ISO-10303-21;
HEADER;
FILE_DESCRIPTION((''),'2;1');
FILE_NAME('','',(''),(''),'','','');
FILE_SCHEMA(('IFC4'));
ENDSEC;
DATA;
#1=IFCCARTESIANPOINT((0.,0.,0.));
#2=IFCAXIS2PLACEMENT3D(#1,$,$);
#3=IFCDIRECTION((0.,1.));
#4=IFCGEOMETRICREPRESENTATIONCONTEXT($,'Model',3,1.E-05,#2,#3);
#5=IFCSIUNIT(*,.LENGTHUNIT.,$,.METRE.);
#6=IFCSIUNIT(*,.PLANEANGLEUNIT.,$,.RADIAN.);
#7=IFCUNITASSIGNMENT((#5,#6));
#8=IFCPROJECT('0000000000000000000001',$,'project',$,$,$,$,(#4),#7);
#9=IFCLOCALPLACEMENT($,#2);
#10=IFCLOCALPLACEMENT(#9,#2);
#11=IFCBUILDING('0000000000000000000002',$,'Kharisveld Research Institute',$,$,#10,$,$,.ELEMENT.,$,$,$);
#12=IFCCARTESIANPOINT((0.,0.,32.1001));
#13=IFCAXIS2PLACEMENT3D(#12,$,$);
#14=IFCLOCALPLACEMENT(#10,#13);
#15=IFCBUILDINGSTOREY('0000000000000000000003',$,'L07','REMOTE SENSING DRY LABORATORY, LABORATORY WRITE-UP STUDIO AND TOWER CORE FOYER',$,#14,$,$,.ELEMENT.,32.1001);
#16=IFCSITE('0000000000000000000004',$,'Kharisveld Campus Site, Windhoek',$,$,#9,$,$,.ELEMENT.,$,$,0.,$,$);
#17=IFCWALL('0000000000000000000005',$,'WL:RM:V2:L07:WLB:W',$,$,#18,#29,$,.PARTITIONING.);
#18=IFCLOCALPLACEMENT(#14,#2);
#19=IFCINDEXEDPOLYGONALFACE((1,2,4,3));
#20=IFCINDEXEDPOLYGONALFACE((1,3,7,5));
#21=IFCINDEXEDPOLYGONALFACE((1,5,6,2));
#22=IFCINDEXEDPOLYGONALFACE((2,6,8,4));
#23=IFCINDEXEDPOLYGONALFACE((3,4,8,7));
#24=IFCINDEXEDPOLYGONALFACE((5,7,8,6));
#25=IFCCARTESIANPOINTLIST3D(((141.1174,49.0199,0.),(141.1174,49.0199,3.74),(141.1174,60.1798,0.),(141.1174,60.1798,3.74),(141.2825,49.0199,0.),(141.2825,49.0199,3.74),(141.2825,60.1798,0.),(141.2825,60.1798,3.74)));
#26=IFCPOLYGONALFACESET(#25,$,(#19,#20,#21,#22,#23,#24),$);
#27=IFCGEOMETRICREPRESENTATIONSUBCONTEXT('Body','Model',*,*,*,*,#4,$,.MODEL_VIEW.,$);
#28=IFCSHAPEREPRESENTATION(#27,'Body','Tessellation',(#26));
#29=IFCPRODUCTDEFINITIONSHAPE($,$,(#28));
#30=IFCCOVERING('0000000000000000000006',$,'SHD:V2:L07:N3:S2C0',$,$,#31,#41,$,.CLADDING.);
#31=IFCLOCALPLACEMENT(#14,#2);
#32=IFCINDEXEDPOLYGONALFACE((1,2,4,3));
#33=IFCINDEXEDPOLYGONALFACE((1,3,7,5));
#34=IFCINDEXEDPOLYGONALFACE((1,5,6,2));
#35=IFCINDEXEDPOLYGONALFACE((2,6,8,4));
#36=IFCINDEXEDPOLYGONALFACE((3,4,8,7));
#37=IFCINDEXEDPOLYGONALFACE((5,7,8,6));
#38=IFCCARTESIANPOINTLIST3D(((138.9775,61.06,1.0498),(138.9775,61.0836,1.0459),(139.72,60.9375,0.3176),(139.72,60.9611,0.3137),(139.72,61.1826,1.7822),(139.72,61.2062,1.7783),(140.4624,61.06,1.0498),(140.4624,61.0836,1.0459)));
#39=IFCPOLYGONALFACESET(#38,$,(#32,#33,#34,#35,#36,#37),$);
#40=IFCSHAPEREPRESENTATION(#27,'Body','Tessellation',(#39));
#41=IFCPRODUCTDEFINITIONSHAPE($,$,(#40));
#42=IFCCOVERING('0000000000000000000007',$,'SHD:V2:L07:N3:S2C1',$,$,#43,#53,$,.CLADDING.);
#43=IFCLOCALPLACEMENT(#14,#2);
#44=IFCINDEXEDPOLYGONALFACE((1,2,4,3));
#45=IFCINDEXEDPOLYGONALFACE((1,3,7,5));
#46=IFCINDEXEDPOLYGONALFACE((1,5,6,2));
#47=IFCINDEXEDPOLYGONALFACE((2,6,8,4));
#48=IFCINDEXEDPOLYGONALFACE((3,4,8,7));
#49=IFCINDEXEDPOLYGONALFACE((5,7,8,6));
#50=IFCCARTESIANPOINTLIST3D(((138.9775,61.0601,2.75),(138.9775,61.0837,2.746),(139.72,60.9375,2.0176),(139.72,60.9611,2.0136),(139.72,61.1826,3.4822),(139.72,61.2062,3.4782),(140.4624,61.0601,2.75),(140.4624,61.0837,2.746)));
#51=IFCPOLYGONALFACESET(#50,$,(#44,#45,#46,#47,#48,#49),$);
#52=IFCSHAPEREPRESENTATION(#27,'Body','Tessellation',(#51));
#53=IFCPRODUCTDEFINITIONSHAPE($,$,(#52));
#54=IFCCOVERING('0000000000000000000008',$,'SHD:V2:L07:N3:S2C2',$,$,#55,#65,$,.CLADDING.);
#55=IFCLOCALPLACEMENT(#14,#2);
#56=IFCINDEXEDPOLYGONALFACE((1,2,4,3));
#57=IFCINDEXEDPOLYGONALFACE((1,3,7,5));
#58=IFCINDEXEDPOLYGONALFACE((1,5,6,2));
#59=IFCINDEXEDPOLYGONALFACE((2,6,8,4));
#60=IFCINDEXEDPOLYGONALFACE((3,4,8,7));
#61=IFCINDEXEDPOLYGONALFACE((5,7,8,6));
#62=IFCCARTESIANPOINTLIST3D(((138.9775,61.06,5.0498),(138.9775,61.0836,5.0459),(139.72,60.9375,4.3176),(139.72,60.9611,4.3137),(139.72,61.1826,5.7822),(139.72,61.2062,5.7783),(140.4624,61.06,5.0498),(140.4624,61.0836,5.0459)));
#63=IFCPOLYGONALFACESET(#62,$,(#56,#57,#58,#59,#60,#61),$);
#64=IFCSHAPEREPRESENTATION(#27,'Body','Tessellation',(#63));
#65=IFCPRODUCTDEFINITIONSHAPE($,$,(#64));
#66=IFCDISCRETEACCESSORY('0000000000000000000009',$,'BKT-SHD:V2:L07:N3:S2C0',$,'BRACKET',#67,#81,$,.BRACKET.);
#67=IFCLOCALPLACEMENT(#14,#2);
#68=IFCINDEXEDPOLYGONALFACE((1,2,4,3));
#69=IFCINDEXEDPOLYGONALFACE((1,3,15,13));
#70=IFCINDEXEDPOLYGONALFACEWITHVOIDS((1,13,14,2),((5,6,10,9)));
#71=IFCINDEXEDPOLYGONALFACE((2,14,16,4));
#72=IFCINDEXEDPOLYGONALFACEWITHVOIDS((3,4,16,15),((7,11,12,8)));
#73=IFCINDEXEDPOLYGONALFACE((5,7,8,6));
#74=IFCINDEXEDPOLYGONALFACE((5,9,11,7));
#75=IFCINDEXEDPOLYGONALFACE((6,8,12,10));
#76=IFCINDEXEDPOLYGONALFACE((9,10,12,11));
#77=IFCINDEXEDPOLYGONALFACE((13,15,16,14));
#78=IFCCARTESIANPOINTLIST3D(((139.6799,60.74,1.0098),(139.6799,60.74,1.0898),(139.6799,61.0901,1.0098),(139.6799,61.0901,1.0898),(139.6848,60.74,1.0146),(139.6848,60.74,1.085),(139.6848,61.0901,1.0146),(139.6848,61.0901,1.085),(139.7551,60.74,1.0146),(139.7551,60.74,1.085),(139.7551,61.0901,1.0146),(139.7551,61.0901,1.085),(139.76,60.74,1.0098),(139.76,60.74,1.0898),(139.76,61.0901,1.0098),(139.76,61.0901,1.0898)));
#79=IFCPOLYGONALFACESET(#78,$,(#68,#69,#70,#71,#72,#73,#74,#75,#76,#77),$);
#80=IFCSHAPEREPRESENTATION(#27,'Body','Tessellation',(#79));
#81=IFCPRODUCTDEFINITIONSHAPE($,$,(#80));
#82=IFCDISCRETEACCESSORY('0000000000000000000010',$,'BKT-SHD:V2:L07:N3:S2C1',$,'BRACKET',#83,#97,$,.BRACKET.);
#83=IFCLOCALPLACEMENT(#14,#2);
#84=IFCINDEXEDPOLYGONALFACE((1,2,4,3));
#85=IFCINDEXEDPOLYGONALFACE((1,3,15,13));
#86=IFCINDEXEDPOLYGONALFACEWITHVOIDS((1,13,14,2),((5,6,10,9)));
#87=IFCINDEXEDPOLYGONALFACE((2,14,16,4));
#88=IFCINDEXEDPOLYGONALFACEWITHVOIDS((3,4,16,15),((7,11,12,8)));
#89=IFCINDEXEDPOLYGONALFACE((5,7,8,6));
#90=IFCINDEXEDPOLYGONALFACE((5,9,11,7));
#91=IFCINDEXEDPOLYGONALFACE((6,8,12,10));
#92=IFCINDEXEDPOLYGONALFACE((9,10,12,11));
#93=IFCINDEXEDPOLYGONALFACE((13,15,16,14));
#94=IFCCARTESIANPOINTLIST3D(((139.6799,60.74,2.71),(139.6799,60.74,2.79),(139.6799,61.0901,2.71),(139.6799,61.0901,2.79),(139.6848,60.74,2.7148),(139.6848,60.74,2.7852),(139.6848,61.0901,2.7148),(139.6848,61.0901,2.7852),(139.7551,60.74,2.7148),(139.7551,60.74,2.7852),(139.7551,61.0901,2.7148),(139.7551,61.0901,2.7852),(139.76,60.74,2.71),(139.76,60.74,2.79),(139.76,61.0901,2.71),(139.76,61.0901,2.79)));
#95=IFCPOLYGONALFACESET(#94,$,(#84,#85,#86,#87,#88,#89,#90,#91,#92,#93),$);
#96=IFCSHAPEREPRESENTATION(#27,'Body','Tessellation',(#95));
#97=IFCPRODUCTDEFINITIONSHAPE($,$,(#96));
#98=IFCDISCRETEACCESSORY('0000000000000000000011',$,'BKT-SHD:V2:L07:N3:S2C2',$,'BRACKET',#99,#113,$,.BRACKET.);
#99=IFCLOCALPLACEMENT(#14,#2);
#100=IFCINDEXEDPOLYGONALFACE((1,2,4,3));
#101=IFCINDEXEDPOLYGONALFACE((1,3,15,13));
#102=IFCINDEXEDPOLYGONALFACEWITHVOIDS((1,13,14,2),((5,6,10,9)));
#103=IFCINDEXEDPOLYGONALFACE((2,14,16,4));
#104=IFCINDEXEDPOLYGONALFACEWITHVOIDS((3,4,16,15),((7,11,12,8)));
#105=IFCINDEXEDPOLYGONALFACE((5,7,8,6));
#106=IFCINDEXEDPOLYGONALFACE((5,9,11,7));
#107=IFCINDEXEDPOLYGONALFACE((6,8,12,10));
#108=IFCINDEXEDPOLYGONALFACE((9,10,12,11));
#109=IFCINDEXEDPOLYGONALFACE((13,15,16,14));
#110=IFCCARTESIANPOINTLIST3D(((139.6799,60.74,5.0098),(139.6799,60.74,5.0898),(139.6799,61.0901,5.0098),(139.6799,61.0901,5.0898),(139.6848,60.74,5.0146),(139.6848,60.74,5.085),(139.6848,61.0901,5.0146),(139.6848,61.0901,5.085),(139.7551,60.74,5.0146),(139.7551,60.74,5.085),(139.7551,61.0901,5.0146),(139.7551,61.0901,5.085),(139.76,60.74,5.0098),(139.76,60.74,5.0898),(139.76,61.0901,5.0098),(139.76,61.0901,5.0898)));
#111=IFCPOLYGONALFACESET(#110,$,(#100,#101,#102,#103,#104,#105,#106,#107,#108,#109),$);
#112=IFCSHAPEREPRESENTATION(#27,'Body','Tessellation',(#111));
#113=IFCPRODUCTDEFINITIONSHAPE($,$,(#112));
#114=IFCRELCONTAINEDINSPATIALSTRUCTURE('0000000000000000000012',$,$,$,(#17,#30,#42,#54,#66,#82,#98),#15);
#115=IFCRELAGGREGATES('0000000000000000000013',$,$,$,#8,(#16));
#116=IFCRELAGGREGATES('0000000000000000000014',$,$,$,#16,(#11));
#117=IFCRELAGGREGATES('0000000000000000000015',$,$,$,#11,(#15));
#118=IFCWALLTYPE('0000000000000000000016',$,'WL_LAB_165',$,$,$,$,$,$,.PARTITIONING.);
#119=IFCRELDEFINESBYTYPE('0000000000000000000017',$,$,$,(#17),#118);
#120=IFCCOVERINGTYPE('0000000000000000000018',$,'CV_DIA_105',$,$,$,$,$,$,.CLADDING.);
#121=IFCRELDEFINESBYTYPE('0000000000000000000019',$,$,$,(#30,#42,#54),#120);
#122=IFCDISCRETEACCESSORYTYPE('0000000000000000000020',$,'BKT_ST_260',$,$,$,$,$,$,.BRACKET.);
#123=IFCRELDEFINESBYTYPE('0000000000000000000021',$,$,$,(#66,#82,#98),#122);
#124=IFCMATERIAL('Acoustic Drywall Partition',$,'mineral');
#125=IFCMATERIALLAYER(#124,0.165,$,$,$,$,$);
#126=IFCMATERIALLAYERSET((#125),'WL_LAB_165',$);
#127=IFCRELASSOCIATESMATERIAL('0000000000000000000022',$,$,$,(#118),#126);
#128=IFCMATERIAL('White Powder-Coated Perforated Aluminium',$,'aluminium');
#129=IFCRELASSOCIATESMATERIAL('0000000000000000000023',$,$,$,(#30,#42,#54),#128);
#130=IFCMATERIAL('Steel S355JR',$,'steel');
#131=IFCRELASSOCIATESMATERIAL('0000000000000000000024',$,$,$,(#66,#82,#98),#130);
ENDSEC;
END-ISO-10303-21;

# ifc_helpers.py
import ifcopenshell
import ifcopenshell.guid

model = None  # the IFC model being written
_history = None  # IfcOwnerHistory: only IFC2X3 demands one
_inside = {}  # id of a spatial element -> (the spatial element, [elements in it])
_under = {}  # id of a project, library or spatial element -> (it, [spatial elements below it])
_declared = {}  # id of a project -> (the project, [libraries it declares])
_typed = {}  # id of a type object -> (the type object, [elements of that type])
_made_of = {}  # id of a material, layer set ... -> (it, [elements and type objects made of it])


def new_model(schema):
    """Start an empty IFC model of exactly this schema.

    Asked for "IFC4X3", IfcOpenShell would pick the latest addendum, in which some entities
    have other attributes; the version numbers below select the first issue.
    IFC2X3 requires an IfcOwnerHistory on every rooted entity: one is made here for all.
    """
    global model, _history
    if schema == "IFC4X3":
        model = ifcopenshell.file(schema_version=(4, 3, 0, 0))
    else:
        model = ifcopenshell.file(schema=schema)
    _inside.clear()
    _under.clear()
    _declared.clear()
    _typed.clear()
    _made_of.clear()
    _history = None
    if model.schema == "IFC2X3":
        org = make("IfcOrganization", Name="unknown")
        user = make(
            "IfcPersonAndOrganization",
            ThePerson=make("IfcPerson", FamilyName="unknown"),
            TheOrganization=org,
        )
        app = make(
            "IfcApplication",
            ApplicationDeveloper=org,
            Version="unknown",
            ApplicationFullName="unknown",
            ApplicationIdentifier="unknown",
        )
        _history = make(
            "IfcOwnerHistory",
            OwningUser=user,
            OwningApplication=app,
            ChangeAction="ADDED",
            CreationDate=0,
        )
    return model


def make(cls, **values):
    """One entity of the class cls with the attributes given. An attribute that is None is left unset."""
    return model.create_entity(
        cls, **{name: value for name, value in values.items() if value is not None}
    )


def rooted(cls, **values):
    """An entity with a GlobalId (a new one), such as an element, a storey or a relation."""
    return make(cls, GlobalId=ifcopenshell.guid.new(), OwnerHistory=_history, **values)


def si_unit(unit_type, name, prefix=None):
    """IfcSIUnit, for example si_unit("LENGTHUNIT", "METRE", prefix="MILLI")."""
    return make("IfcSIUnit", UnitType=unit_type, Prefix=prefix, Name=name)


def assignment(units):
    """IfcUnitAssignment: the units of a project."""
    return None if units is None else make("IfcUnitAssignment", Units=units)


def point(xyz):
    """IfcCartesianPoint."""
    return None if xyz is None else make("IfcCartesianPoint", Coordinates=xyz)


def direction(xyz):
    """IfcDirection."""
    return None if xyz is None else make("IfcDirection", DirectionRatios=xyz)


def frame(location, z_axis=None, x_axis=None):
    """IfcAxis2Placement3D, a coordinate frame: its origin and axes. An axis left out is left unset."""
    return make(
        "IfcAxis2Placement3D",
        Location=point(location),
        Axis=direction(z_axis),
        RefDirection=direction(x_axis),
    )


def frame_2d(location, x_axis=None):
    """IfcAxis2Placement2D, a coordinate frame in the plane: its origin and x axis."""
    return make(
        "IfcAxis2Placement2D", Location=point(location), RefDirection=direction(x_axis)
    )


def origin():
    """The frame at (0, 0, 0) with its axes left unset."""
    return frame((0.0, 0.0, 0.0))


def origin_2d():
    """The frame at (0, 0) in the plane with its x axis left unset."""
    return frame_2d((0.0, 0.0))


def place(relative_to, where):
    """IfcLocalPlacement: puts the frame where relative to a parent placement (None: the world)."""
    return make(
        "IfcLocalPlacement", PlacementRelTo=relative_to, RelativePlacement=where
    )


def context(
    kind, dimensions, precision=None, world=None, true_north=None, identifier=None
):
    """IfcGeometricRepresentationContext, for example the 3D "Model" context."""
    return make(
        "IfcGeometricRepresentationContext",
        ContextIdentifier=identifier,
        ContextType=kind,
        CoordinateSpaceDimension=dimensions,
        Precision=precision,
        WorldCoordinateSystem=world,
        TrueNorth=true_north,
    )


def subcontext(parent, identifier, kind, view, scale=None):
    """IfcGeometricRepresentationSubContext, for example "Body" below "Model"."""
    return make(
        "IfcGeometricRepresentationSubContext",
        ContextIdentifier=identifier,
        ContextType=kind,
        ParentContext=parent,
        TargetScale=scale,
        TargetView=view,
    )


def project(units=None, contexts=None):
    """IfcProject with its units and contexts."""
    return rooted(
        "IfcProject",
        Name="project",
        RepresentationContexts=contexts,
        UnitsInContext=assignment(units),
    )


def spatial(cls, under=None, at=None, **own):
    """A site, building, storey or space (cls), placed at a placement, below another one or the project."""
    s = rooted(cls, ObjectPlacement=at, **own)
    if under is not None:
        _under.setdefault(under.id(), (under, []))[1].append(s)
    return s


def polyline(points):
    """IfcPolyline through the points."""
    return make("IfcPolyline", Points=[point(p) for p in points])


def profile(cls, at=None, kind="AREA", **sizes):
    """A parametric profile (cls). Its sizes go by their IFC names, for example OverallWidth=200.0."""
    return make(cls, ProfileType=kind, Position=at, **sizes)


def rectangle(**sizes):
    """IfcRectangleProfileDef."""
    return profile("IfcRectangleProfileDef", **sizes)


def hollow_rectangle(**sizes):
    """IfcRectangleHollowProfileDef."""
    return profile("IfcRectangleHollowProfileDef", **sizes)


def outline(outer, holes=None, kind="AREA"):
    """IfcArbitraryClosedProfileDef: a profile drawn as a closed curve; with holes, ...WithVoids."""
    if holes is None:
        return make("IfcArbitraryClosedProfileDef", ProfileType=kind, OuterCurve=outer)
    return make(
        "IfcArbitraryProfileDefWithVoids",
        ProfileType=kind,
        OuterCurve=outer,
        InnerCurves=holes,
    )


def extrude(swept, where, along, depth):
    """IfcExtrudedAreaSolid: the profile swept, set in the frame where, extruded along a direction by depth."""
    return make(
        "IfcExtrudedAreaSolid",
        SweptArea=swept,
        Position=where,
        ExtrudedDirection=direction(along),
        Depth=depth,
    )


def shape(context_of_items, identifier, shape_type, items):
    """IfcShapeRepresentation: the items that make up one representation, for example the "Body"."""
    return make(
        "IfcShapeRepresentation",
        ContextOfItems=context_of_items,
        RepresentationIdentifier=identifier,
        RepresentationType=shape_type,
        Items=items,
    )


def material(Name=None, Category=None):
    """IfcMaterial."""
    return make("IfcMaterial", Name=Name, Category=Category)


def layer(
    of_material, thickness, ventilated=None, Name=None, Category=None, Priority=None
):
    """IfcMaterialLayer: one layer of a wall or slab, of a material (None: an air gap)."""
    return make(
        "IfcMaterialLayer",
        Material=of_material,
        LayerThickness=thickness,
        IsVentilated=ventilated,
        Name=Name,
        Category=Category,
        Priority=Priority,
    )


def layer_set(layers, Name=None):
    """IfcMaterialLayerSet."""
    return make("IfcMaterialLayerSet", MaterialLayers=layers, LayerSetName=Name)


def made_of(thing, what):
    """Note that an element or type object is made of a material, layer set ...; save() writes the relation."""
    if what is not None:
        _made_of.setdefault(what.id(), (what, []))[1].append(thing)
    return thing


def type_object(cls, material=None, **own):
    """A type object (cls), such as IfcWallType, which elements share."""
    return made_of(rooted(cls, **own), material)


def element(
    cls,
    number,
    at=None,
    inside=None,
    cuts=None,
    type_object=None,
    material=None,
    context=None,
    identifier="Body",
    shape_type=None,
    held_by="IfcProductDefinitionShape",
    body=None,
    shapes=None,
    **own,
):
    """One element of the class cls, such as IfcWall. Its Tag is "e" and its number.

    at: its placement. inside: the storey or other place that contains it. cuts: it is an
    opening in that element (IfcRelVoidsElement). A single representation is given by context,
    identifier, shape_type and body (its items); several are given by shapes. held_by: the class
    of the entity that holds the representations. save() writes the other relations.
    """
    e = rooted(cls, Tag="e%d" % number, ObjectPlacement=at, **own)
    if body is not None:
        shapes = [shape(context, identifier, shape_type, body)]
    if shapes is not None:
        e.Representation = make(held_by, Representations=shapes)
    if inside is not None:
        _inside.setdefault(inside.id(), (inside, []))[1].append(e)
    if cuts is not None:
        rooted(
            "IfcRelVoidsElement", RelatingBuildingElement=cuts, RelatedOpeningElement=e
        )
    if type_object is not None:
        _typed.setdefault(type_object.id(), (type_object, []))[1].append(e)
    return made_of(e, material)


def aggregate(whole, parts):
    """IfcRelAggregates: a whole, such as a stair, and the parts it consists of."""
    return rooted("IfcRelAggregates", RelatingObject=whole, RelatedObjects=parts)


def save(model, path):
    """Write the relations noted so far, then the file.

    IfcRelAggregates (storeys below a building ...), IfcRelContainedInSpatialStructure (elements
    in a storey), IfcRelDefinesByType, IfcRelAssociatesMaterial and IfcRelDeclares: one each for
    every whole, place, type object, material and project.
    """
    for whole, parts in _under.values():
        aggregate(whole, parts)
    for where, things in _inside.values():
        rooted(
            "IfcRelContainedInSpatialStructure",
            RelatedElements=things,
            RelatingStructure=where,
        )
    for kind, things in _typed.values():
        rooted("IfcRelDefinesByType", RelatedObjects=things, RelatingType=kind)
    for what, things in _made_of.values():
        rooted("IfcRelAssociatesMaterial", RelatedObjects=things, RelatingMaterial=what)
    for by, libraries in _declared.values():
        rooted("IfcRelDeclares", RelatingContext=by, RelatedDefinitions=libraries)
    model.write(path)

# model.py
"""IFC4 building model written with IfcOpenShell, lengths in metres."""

from ifc_helpers import new_model, si_unit, direction, frame, frame_2d, origin, origin_2d, place, context, subcontext, project, spatial, polyline, rectangle, hollow_rectangle, outline, extrude, material, layer, layer_set, type_object, element, save


model = new_model("IFC4")

# Units and contexts
model_context = context("Model", 3, precision=1e-05, world=origin(), true_north=direction((0.0, 1.0)))
body_context = subcontext(model_context, "Body", "Model", "MODEL_VIEW")
ifc_project = project(units=[si_unit("LENGTHUNIT", "METRE"), si_unit("PLANEANGLEUNIT", "RADIAN")], contexts=[model_context])

# Site, building, storey
site_placement = place(None, origin())
site = spatial("IfcSite", under=ifc_project, at=site_placement, Name="Kharisveld Campus Site, Windhoek", CompositionType="ELEMENT", RefElevation=0.0)
building_placement = place(site_placement, origin())
building = spatial("IfcBuilding", under=site, at=building_placement, Name="Kharisveld Research Institute", CompositionType="ELEMENT")
storey_placement = place(building_placement, frame((0.0, 0.0, 32.1001)))
storey = spatial("IfcBuildingStorey", under=building, at=storey_placement, Name="L07", Description="REMOTE SENSING DRY LABORATORY, LABORATORY WRITE-UP STUDIO AND TOWER CORE FOYER", CompositionType="ELEMENT", Elevation=32.1001)

# Wall
ifc_material_1 = material(Name="Acoustic Drywall Partition", Category="mineral")
ifc_layer_1 = layer(ifc_material_1, 0.165)
ifc_layer_set_1 = layer_set([ifc_layer_1], Name="WL_LAB_165")
wall_type = type_object("IfcWallType", Name="WL_LAB_165", PredefinedType="PARTITIONING", material=ifc_layer_set_1)
wall_placement = place(storey_placement, frame((141.2, 60.1799, 0.0), z_axis=(0.0, 0.0, 1.0), x_axis=(0.0, -1.0, 0.0)))
element("IfcWall", 1, at=wall_placement, inside=storey, type_object=wall_type, Name="WL:RM:V2:L07:WLB:W", PredefinedType="PARTITIONING", context=body_context, shape_type="SweptSolid", body=[
    extrude(rectangle(XDim=11.1599, YDim=0.165, at=frame_2d((5.5801, 0.0))), origin(), (0.0, 0.0, 1.0), 3.74),
])

# Coverings
ifc_material_2 = material(Name="White Powder-Coated Perforated Aluminium", Category="aluminium")
covering_type = type_object("IfcCoveringType", Name="CV_DIA_105", PredefinedType="CLADDING")
covering_1_placement = place(storey_placement, frame((139.72, 60.9375, 0.3176), z_axis=(0.0, -0.986283, 0.165065), x_axis=(0.707139, 0.116714, 0.697376)))
element("IfcCovering", 2, at=covering_1_placement, inside=storey, type_object=covering_type, material=ifc_material_2, Name="SHD:V2:L07:N3:S2C0", PredefinedType="CLADDING", context=body_context, shape_type="SweptSolid", body=[
    extrude(outline(polyline([(0.0, 0.0), (1.0499, 0.0), (1.05, 1.0501), (-0.0001, 1.0499), (0.0, 0.0)])), origin(), (0.0, 0.0, -1.0), 0.0239),
])
covering_2_placement = place(storey_placement, frame((139.72, 60.9375, 2.0176), z_axis=(0.0, -0.986283, 0.165065), x_axis=(0.707024, 0.116733, 0.697489)))
element("IfcCovering", 3, at=covering_2_placement, inside=storey, type_object=covering_type, material=ifc_material_2, Name="SHD:V2:L07:N3:S2C1", PredefinedType="CLADDING", context=body_context, shape_type="SweptSolid", body=[
    extrude(outline(polyline([(0.0, 0.0), (1.0501, 0.0), (1.0502, 1.0499), (0.0002, 1.0501), (0.0, 0.0)])), origin(), (0.0, 0.0, -1.0), 0.0239),
])
covering_3_placement = place(storey_placement, frame((139.72, 60.9375, 4.3176), z_axis=(0.0, -0.986283, 0.165065), x_axis=(0.707139, 0.116714, 0.697376)))
element("IfcCovering", 4, at=covering_3_placement, inside=storey, type_object=covering_type, material=ifc_material_2, Name="SHD:V2:L07:N3:S2C2", PredefinedType="CLADDING", context=body_context, shape_type="SweptSolid", body=[
    extrude(outline(polyline([(0.0, 0.0), (1.0499, 0.0), (1.05, 1.0501), (-0.0001, 1.0499), (0.0, 0.0)])), origin(), (0.0, 0.0, -1.0), 0.0239),
])

# Discrete accessories
ifc_material_3 = material(Name="Steel S355JR", Category="steel")
discrete_accessory_type = type_object("IfcDiscreteAccessoryType", Name="BKT_ST_260", PredefinedType="BRACKET")
for number, where, z_axis, x_axis, name in (
    (5, (139.72, 60.74, 1.0498), (0.0, 1.0, 0.0), (-1.0, 0.0, 0.0), "BKT-SHD:V2:L07:N3:S2C0"),
    (6, (139.72, 60.74, 2.75), (0.0, 1.0, 0.0), (-1.0, 0.0, 0.0), "BKT-SHD:V2:L07:N3:S2C1"),
    (7, (139.72, 60.74, 5.0498), (0.0, 1.0, 0.0), (-1.0, 0.0, 0.0), "BKT-SHD:V2:L07:N3:S2C2"),
):
    element("IfcDiscreteAccessory", number, at=place(storey_placement, frame(where, z_axis=z_axis, x_axis=x_axis)), inside=storey, type_object=discrete_accessory_type, material=ifc_material_3, Name=name, ObjectType="BRACKET", PredefinedType="BRACKET", context=body_context, shape_type="SweptSolid", body=[
        extrude(hollow_rectangle(XDim=0.0801, YDim=0.0801, WallThickness=0.0049, at=origin_2d()), origin(), (0.0, 0.0, 1.0), 0.3501),
    ])

save(model, "model.ifc")
